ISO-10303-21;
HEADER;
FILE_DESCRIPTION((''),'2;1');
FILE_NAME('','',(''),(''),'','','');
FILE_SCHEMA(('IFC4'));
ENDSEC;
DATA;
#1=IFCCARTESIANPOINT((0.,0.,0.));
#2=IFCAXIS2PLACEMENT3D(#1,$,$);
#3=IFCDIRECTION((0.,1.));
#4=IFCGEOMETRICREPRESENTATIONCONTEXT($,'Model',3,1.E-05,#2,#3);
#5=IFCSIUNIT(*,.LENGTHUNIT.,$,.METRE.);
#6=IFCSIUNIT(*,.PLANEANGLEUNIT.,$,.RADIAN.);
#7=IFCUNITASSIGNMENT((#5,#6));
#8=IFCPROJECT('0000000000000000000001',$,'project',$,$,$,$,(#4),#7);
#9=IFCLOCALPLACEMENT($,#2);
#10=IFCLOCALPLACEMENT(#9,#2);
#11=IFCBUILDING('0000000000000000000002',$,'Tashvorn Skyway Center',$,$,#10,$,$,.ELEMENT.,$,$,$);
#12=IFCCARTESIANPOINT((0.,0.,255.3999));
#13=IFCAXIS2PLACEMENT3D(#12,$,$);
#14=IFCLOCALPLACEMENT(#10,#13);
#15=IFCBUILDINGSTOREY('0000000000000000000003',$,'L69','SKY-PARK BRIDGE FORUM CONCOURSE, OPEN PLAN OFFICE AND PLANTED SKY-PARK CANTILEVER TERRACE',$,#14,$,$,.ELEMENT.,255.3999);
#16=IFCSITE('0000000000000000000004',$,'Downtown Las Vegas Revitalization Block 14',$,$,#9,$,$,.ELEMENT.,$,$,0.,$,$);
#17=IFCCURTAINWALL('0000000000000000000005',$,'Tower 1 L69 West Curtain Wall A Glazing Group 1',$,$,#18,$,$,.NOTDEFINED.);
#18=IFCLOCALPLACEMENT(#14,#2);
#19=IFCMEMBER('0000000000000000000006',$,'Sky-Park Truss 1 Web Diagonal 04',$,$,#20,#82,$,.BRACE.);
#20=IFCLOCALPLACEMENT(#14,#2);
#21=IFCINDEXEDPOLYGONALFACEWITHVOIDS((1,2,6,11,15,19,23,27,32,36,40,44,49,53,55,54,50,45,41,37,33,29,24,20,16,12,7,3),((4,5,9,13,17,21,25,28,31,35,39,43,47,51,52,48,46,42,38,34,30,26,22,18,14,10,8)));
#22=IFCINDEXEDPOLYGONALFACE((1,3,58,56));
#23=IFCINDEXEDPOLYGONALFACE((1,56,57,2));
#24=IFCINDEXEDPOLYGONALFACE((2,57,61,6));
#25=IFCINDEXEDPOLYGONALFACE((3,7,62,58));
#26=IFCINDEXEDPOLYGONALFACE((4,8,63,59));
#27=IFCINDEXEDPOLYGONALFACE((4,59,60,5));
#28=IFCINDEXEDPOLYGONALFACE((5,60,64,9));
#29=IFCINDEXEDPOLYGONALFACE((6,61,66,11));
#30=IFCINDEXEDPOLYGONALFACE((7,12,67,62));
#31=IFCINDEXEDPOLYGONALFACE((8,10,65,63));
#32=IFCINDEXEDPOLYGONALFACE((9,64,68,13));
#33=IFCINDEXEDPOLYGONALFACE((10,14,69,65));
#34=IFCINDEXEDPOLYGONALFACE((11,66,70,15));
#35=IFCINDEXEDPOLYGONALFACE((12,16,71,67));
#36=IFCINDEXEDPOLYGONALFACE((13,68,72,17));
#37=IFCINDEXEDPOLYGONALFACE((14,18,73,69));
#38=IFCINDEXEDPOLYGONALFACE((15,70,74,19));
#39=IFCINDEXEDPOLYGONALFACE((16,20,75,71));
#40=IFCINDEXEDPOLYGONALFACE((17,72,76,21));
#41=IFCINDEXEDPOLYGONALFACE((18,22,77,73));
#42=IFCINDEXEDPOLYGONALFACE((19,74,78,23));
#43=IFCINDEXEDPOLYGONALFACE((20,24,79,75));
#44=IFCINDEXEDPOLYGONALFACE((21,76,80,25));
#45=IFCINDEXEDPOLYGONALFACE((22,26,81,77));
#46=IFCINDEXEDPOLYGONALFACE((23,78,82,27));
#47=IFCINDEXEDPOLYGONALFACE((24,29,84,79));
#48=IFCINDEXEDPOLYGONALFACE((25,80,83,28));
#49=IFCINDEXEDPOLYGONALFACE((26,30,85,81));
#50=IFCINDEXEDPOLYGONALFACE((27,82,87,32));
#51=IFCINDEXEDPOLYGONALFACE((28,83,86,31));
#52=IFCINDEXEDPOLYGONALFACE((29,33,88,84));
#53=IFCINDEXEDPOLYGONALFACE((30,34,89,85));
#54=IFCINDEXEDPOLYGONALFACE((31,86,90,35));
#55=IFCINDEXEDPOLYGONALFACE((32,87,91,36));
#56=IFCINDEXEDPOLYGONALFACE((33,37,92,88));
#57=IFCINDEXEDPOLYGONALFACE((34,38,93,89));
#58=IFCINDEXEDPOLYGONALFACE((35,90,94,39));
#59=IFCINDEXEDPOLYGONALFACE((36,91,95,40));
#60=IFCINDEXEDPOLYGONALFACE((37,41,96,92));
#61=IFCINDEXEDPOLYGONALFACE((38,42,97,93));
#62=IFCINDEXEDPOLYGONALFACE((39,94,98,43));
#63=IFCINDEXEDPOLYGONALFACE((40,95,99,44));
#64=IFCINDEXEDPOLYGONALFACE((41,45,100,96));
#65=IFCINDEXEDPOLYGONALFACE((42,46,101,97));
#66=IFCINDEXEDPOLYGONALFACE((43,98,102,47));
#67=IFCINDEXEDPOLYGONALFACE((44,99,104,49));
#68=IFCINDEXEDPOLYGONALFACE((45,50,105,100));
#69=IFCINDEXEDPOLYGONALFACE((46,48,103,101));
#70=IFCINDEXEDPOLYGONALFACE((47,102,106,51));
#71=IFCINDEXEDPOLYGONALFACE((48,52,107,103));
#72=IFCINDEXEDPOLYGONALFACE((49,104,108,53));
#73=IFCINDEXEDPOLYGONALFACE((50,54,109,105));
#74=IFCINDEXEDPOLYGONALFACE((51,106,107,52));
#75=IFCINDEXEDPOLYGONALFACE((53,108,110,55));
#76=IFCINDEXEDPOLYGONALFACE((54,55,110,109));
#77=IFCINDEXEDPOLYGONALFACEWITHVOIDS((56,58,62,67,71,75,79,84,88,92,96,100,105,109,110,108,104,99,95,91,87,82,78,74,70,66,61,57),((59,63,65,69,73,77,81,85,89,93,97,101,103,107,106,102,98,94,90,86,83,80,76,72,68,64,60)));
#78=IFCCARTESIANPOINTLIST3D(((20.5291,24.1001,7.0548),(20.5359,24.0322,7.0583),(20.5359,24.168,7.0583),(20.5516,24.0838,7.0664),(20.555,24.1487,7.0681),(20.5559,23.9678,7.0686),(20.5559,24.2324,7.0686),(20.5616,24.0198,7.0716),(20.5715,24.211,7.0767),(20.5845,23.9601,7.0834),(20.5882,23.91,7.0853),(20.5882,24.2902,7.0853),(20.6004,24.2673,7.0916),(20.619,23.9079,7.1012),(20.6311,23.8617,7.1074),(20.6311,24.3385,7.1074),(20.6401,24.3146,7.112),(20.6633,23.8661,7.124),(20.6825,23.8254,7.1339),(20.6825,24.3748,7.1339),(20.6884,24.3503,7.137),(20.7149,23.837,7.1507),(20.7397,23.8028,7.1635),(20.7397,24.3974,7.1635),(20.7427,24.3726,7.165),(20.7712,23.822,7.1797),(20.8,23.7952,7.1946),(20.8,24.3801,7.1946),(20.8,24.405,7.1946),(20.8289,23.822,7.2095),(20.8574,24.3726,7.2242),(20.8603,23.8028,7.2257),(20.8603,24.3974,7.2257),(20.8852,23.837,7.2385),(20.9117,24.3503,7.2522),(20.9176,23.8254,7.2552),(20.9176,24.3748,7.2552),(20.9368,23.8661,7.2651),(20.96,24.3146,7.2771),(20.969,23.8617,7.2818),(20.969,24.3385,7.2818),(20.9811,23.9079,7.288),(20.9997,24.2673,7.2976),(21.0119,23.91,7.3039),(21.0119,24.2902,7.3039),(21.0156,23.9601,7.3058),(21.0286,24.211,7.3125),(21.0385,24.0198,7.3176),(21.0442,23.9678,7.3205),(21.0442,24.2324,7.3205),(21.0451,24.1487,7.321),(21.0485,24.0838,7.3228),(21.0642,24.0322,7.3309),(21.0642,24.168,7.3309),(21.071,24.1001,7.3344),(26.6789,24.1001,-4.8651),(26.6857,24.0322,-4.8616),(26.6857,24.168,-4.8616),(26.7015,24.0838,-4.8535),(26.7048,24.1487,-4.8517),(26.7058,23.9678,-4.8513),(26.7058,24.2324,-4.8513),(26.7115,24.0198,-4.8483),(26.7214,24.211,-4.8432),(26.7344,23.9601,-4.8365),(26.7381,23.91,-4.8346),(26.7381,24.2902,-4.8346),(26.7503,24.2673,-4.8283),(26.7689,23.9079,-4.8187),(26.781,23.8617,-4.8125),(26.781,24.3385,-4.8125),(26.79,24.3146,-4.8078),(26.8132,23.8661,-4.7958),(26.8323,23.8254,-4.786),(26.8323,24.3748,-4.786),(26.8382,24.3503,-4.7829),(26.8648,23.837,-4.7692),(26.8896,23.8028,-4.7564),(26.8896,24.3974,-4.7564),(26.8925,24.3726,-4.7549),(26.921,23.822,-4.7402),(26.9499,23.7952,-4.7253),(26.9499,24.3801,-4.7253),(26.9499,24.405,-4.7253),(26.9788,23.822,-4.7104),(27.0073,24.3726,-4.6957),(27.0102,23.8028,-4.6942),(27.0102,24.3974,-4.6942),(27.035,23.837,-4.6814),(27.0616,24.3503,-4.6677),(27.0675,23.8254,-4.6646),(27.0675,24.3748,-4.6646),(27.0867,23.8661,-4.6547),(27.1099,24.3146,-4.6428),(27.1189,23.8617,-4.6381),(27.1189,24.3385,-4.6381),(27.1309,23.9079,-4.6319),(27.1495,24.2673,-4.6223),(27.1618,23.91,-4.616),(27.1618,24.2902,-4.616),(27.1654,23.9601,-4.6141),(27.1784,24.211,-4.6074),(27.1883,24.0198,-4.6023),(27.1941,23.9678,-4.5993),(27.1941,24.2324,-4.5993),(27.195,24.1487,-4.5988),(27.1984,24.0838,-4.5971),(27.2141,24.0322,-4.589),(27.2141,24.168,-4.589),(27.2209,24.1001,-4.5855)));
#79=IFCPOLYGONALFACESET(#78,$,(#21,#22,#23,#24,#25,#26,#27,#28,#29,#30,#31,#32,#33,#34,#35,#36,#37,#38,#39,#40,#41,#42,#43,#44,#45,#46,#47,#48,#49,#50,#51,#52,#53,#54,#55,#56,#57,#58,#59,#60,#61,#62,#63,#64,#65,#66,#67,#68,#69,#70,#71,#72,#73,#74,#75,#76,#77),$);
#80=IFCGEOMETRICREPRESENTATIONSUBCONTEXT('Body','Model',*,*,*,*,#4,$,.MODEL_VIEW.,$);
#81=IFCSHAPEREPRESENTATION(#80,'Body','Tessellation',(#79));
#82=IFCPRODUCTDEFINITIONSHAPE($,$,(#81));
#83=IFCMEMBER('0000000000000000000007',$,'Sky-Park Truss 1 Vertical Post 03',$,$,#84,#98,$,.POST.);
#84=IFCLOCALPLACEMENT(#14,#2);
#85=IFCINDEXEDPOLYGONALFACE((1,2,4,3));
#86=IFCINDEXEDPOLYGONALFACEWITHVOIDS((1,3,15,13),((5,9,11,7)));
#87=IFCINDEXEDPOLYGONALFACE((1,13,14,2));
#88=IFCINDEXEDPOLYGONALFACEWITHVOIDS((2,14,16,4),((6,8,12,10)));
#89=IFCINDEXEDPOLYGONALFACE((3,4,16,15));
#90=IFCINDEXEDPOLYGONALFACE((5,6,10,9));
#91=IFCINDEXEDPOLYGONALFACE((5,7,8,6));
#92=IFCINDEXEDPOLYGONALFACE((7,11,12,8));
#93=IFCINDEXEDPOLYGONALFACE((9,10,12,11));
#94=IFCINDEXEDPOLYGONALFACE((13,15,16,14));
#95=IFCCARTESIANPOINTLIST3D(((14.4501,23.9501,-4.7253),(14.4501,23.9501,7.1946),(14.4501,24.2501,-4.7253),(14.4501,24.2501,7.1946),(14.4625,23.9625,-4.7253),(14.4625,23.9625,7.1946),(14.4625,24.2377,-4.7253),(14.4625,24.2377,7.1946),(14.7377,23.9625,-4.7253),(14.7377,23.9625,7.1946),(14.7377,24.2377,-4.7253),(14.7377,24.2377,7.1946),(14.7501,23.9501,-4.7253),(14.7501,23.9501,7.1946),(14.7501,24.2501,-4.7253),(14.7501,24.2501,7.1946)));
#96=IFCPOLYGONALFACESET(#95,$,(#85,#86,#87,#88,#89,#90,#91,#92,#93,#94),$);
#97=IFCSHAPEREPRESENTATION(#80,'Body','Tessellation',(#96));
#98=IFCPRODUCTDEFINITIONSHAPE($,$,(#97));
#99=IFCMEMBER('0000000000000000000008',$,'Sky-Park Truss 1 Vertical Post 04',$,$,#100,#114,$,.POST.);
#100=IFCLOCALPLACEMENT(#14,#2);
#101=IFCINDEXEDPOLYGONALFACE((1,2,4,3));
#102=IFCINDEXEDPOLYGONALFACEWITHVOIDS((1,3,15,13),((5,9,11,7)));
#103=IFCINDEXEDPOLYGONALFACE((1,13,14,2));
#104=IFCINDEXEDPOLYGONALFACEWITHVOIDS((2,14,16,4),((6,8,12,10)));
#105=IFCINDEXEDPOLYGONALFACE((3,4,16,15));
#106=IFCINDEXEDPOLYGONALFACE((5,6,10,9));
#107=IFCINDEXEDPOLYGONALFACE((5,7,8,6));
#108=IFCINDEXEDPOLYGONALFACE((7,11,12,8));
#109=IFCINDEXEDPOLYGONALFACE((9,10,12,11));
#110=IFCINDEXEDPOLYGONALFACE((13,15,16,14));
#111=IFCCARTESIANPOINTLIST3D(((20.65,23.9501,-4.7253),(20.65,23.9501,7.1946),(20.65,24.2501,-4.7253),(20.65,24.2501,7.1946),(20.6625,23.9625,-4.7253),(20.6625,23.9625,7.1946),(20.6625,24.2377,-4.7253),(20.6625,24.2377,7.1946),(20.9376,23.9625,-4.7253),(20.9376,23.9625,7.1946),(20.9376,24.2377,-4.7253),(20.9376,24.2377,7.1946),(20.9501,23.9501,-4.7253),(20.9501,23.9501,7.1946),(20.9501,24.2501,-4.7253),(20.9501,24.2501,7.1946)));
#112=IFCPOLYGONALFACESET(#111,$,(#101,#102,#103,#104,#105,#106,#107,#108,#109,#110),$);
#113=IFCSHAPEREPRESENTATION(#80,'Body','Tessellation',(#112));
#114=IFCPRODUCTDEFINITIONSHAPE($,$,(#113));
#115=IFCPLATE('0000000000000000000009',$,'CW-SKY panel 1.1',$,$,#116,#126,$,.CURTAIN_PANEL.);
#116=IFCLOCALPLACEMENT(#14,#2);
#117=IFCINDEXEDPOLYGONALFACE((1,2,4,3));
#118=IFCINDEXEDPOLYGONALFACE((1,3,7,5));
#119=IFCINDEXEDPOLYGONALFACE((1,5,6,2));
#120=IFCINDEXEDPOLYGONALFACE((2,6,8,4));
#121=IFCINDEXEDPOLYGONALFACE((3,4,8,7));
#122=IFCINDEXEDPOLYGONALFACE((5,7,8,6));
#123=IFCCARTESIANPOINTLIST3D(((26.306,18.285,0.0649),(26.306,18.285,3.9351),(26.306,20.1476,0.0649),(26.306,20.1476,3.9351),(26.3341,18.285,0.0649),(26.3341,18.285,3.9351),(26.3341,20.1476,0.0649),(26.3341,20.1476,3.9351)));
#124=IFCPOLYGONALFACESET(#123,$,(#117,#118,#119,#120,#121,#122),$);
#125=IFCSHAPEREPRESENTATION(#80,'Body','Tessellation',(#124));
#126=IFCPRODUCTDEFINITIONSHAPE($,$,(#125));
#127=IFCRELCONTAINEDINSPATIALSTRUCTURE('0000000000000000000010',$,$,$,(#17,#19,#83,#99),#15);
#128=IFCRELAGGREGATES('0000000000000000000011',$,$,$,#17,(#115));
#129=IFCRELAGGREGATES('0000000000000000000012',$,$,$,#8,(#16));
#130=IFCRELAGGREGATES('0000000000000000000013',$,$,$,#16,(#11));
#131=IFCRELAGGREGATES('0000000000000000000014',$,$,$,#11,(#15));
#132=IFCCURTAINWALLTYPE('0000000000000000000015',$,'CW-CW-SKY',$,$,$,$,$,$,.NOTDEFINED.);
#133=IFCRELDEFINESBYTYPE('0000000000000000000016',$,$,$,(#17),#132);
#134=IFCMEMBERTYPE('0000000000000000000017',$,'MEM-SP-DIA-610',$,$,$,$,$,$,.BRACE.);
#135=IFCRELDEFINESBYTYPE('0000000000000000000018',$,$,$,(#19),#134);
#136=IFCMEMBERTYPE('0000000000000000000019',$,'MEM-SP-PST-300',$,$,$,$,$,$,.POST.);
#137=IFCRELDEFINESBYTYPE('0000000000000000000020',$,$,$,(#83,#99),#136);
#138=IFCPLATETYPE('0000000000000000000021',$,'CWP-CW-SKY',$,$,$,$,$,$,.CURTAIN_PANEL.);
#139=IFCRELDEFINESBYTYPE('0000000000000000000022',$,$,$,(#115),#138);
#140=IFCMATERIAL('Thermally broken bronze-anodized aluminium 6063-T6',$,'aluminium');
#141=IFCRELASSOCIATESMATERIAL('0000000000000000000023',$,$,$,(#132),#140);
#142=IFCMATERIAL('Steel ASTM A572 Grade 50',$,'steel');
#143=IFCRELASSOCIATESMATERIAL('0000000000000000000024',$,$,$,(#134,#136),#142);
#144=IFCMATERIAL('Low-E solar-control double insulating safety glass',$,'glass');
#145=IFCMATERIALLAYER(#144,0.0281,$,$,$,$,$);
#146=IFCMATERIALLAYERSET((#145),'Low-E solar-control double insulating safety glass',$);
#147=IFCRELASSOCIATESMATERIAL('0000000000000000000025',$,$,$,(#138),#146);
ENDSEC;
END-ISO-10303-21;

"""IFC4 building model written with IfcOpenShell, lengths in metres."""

from ifc_helpers import new_model, si_unit, direction, frame, origin, origin_2d, place, context, subcontext, project, spatial, rectangle, hollow_rectangle, hollow_circle, extrude, material, layer, layer_set, material_profile, profile_set, type_object, element, aggregate, save


model = new_model("IFC4")

# Units and contexts
model_context = context("Model", 3, precision=1e-05, world=origin(), true_north=direction((0.0, 1.0)))
body_context = subcontext(model_context, "Body", "Model", "MODEL_VIEW")
ifc_project = project(units=[si_unit("LENGTHUNIT", "METRE"), si_unit("PLANEANGLEUNIT", "RADIAN")], contexts=[model_context])

# Site, building, storey
site_placement = place(None, origin())
site = spatial("IfcSite", under=ifc_project, at=site_placement, Name="Downtown Las Vegas Revitalization Block 14", CompositionType="ELEMENT", RefElevation=0.0)
building_placement = place(site_placement, origin())
building = spatial("IfcBuilding", under=site, at=building_placement, Name="Tashvorn Skyway Center", CompositionType="ELEMENT")
storey_placement = place(building_placement, frame((0.0, 0.0, 255.3999)))
storey = spatial("IfcBuildingStorey", under=building, at=storey_placement, Name="L69", Description="SKY-PARK BRIDGE FORUM CONCOURSE, OPEN PLAN OFFICE AND PLANTED SKY-PARK CANTILEVER TERRACE", CompositionType="ELEMENT", Elevation=255.3999)

# Curtain wall
ifc_material_1 = material(Name="Thermally broken bronze-anodized aluminium 6063-T6", Category="aluminium")
curtain_wall_type = type_object("IfcCurtainWallType", Name="CW-CW-SKY", PredefinedType="NOTDEFINED", material=ifc_material_1)
curtain_wall_placement = place(storey_placement, origin())
curtain_wall = element("IfcCurtainWall", 1, at=curtain_wall_placement, inside=storey, type_object=curtain_wall_type, Name="Tower 1 L69 West Curtain Wall A Glazing Group 1", PredefinedType="NOTDEFINED")

# Members
ifc_material_2 = material(Name="Steel ASTM A572 Grade 50", Category="steel")
ifc_material_profile_1 = material_profile(ifc_material_2, hollow_circle(Radius=0.3049, WallThickness=0.0249, at=origin_2d()), Name="CHS610x25")
ifc_profile_set_1 = profile_set([ifc_material_profile_1], Name="Steel ASTM A572 Grade 50")
member_type_1 = type_object("IfcMemberType", Name="MEM-SP-DIA-610", PredefinedType="BRACE", material=ifc_profile_set_1)
member_1_placement = place(storey_placement, frame((20.8, 24.1001, 7.1946), z_axis=(0.458507, 0.0, -0.888691), x_axis=(0.0, 1.0, 0.0)))
element("IfcMember", 2, at=member_1_placement, inside=storey, type_object=member_type_1, Name="Sky-Park Truss 1 Web Diagonal 04", PredefinedType="BRACE", context=body_context, shape_type="SweptSolid", body=[
    extrude(hollow_circle(Radius=0.3049, WallThickness=0.0249, at=origin_2d()), origin(), (0.0, 0.0, 1.0), 13.4128),
])
ifc_material_profile_2 = material_profile(ifc_material_2, hollow_rectangle(XDim=0.3, YDim=0.3, WallThickness=0.0125, at=origin_2d()), Name="HSS300x300x12.5")
ifc_profile_set_2 = profile_set([ifc_material_profile_2], Name="Steel ASTM A572 Grade 50")
member_type_2 = type_object("IfcMemberType", Name="MEM-SP-PST-300", PredefinedType="POST", material=ifc_profile_set_2)
for number, where, z_axis, x_axis, name in (
    (3, (14.6001, 24.1001, -4.7253), (0.0, 0.0, 1.0), (1.0, 0.0, 0.0), "Sky-Park Truss 1 Vertical Post 03"),
    (4, (20.8, 24.1001, -4.7253), (0.0, 0.0, 1.0), (1.0, 0.0, 0.0), "Sky-Park Truss 1 Vertical Post 04"),
):
    element("IfcMember", number, at=place(storey_placement, frame(where, z_axis=z_axis, x_axis=x_axis)), inside=storey, type_object=member_type_2, Name=name, PredefinedType="POST", context=body_context, shape_type="SweptSolid", body=[
        extrude(hollow_rectangle(XDim=0.3, YDim=0.3, WallThickness=0.0125, at=origin_2d()), origin(), (0.0, 0.0, 1.0), 11.9199),
    ])

# Plate
ifc_material_3 = material(Name="Low-E solar-control double insulating safety glass", Category="glass")
ifc_layer_1 = layer(ifc_material_3, 0.0281)
ifc_layer_set_1 = layer_set([ifc_layer_1], Name="Low-E solar-control double insulating safety glass")
plate_type = type_object("IfcPlateType", Name="CWP-CW-SKY", PredefinedType="CURTAIN_PANEL", material=ifc_layer_set_1)
plate_placement = place(storey_placement, frame((26.3201, 19.2163, 0.0649), z_axis=(0.0, 0.0, 1.0), x_axis=(0.0, 1.0, 0.0)))
plate = element("IfcPlate", 5, at=plate_placement, type_object=plate_type, Name="CW-SKY panel 1.1", PredefinedType="CURTAIN_PANEL", context=body_context, shape_type="SweptSolid", body=[
    extrude(rectangle(XDim=1.8625, YDim=0.0281, at=origin_2d()), origin(), (0.0, 0.0, 1.0), 3.8701),
])
aggregate(curtain_wall, [plate])

save(model, "model.ifc")
